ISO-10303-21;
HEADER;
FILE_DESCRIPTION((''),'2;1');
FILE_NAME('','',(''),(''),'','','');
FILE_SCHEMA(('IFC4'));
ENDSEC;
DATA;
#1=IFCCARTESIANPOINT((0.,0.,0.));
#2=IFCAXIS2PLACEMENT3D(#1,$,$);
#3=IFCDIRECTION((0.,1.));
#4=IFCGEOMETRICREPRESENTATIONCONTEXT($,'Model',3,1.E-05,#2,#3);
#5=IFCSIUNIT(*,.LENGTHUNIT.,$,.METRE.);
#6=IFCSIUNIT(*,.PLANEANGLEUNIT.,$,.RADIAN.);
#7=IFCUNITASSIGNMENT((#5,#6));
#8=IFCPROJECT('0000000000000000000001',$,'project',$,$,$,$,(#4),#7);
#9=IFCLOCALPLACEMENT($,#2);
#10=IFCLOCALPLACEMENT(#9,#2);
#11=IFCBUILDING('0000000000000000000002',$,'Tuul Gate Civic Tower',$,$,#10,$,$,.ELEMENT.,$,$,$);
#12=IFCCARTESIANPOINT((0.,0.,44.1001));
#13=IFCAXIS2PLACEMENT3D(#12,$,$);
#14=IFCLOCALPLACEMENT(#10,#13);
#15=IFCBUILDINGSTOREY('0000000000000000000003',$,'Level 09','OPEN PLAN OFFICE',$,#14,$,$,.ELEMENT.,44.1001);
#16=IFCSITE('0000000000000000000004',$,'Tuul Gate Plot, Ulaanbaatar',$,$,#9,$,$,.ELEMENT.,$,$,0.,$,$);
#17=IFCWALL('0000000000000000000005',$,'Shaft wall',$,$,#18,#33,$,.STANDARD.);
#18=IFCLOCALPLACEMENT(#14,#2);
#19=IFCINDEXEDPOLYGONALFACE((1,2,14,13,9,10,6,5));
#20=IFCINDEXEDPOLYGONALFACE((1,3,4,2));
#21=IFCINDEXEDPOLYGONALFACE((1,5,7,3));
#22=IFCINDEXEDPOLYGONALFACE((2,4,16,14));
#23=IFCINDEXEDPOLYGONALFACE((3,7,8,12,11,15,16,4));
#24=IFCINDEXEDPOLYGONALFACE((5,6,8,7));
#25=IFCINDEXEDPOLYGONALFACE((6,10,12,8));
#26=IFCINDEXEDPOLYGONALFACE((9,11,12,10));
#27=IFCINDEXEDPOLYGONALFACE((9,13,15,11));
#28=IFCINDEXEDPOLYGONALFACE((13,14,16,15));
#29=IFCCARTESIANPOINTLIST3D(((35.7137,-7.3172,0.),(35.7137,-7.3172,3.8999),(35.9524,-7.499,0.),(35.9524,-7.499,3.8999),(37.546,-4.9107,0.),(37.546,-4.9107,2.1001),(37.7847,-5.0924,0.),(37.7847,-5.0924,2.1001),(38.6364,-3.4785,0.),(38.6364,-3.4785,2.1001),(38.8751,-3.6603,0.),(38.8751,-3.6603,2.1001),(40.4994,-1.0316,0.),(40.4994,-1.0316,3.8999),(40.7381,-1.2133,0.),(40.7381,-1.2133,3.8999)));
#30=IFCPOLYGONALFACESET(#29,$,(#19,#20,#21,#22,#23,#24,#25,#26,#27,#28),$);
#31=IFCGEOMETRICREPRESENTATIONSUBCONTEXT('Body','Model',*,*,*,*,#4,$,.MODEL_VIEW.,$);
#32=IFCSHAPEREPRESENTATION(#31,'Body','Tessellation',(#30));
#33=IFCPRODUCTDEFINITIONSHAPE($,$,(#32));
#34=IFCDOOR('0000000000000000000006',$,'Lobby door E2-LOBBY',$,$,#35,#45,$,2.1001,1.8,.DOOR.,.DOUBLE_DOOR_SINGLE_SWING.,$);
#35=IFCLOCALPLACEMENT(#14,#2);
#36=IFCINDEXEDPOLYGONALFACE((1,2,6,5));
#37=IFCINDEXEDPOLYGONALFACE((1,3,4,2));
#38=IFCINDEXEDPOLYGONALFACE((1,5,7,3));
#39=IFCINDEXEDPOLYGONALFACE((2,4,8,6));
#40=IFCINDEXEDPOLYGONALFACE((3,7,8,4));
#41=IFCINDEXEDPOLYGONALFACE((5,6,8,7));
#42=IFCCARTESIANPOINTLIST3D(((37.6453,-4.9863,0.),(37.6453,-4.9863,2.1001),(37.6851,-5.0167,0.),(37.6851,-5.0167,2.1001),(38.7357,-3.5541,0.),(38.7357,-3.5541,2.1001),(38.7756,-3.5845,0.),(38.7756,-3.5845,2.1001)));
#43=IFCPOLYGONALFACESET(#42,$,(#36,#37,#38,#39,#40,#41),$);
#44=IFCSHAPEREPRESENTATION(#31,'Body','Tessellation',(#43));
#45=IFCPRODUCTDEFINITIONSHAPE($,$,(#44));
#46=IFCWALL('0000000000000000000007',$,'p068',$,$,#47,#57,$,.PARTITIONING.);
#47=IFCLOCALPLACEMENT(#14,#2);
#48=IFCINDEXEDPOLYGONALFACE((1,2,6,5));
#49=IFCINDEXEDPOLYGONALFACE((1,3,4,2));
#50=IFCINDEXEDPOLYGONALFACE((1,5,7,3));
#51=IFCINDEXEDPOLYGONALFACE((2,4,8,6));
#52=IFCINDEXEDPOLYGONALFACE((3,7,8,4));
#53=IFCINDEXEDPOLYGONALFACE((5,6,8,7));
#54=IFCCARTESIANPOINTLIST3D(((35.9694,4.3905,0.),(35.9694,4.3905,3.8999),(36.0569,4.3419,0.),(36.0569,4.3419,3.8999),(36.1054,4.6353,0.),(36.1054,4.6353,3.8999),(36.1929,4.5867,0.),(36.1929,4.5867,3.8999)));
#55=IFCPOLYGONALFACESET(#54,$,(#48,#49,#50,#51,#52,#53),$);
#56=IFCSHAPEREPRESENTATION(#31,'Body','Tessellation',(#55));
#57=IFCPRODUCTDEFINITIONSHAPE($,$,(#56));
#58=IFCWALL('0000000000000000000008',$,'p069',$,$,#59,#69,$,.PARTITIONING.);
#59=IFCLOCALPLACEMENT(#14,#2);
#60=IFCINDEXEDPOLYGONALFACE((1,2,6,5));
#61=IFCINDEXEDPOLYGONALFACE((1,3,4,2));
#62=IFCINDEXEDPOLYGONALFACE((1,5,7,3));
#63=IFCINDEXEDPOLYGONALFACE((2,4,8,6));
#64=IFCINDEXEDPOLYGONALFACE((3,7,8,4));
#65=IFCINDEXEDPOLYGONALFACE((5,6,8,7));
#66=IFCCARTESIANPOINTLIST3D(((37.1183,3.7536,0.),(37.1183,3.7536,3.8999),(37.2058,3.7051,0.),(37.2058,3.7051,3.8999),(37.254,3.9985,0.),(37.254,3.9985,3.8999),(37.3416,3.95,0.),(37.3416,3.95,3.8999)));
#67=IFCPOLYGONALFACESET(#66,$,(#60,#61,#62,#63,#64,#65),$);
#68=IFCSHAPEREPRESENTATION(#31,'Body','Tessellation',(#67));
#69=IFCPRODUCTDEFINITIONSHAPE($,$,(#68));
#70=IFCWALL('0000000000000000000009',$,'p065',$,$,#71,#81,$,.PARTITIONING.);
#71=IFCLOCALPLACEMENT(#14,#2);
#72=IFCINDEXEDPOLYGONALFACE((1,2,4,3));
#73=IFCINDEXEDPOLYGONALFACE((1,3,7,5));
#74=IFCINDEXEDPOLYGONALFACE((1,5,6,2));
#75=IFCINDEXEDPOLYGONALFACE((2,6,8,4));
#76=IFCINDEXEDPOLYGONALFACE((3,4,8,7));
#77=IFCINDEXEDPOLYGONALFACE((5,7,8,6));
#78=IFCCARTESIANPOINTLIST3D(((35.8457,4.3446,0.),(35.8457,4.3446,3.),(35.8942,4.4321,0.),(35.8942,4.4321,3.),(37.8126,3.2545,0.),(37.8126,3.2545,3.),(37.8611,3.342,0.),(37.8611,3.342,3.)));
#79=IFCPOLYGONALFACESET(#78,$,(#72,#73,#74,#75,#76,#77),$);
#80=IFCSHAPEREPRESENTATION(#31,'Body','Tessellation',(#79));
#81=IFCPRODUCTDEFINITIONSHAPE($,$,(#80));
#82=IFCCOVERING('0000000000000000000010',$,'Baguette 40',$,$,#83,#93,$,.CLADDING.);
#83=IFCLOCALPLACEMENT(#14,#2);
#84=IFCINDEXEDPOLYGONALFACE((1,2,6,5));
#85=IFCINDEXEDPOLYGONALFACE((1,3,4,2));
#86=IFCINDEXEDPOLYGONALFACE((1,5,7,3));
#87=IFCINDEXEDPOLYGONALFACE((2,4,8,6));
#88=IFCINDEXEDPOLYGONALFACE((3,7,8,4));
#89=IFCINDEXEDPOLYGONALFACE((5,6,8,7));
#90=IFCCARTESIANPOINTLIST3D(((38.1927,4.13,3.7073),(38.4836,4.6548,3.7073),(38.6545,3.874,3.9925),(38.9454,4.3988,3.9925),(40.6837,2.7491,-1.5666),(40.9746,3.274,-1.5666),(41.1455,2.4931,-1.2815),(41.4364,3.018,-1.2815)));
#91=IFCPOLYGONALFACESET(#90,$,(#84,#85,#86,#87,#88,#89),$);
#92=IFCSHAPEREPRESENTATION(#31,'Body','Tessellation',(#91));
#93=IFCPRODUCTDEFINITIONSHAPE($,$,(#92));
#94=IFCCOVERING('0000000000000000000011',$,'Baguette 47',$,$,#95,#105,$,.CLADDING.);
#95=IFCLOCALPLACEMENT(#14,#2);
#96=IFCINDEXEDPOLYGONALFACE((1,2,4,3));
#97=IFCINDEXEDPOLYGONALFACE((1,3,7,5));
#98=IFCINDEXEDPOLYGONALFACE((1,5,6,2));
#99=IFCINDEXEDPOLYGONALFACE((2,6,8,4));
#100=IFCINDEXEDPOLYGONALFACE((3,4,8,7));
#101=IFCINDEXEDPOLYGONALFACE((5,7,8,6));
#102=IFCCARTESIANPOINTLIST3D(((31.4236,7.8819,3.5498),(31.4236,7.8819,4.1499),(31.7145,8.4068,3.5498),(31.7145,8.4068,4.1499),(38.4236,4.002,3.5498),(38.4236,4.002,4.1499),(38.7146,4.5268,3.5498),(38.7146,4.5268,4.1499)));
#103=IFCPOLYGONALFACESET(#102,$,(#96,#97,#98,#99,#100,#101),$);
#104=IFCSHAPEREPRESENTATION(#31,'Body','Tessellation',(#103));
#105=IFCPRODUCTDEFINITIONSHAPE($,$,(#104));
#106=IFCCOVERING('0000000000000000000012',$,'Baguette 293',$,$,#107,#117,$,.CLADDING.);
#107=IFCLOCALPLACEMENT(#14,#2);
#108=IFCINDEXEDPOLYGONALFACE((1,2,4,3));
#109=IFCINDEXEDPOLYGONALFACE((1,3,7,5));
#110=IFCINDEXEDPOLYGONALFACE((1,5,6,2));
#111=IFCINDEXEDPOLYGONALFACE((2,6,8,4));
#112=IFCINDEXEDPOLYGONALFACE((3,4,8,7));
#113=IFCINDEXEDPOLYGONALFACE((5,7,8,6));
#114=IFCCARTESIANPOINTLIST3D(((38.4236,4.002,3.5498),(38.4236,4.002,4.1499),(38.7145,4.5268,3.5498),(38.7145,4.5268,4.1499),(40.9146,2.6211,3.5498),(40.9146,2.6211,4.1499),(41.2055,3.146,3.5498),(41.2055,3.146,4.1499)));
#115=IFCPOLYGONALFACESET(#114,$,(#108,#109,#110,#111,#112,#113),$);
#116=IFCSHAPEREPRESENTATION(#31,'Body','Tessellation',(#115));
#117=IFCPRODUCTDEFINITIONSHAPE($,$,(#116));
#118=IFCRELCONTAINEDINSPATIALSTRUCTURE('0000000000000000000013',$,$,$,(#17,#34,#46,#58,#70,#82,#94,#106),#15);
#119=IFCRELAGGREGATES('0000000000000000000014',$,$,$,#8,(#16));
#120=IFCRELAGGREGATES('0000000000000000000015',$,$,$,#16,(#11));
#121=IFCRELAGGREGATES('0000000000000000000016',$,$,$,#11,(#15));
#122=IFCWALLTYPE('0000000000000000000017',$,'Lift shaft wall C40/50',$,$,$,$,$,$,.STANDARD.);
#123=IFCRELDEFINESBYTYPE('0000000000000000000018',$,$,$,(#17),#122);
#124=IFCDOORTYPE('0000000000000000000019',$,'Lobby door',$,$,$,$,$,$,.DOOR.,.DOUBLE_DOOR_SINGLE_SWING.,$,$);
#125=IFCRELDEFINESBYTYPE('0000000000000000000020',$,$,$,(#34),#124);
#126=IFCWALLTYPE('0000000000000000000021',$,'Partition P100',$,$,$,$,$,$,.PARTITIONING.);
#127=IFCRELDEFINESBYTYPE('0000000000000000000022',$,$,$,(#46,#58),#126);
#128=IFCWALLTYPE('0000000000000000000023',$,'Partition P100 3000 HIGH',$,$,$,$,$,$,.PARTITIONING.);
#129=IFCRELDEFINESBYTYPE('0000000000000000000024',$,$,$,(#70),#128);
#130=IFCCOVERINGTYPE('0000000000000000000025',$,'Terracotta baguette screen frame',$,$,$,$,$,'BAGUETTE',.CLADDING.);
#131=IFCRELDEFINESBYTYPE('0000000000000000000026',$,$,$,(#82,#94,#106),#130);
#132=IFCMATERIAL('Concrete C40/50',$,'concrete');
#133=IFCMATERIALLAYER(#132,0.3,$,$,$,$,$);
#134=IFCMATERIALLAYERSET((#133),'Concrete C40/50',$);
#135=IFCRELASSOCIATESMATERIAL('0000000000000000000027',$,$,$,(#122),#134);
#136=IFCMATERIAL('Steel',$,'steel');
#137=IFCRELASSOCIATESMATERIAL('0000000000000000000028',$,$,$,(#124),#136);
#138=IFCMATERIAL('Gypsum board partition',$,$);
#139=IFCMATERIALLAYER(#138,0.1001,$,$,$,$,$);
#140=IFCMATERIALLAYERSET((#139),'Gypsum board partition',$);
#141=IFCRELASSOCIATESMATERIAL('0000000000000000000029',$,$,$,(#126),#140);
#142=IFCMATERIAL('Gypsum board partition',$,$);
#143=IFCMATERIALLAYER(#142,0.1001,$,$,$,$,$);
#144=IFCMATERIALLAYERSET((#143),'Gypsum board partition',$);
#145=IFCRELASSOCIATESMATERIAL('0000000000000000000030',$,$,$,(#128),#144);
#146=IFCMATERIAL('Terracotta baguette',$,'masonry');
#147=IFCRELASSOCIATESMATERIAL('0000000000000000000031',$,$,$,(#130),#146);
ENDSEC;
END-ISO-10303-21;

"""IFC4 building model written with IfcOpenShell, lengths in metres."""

from ifc_helpers import new_model, si_unit, direction, frame, frame_2d, origin, origin_2d, place, context, subcontext, project, spatial, rectangle, extrude, material, layer, layer_set, material_profile, profile_set, type_object, element, fill, save


model = new_model("IFC4")

# Units and contexts
model_context = context("Model", 3, precision=1e-05, world=origin(), true_north=direction((0.0, 1.0)))
body_context = subcontext(model_context, "Body", "Model", "MODEL_VIEW")
ifc_project = project(units=[si_unit("LENGTHUNIT", "METRE"), si_unit("PLANEANGLEUNIT", "RADIAN")], contexts=[model_context])

# Site, building, storey
site_placement = place(None, origin())
site = spatial("IfcSite", under=ifc_project, at=site_placement, Name="Tuul Gate Plot, Ulaanbaatar", CompositionType="ELEMENT", RefElevation=0.0)
building_placement = place(site_placement, origin())
building = spatial("IfcBuilding", under=site, at=building_placement, Name="Tuul Gate Civic Tower", CompositionType="ELEMENT")
storey_placement = place(building_placement, frame((0.0, 0.0, 44.1001)))
storey = spatial("IfcBuildingStorey", under=building, at=storey_placement, Name="Level 09", Description="OPEN PLAN OFFICE", CompositionType="ELEMENT", Elevation=44.1001)

# Shared definitions
ifc_material_1 = material(Name="Concrete C40/50", Category="concrete")
ifc_layer_1 = layer(ifc_material_1, 0.3)
ifc_layer_set_1 = layer_set([ifc_layer_1], Name="Concrete C40/50")
wall_type_1 = type_object("IfcWallType", Name="Lift shaft wall C40/50", PredefinedType="STANDARD", material=ifc_layer_set_1)

# Wall, opening, door
wall_1_placement = place(storey_placement, frame((35.833, -7.4082, 0.0), z_axis=(0.0, 0.0, 1.0), x_axis=(0.605769, 0.79564, 0.0)))
wall_1 = element("IfcWall", 1, at=wall_1_placement, inside=storey, type_object=wall_type_1, Name="Shaft wall", PredefinedType="STANDARD", context=body_context, shape_type="SweptSolid", body=[
    extrude(rectangle(XDim=7.9001, YDim=0.3, at=frame_2d((3.9502, 0.0))), origin(), (0.0, 0.0, 1.0), 3.8999),
])
opening_1_placement = place(wall_1_placement, frame((3.0249, 0.0, 0.0)))
opening_1 = element("IfcOpeningElement", 2, at=opening_1_placement, cuts=wall_1, PredefinedType="OPENING", context=body_context, shape_type="SweptSolid", body=[
    extrude(rectangle(XDim=1.8, YDim=2.1001, at=frame_2d((0.8999, 1.05))), frame((0.0, 0.1602, 0.0), z_axis=(0.0, -1.0, 0.0), x_axis=(1.0, 0.0, 0.0)), (0.0, 0.0, 1.0), 0.3201),
])
ifc_material_2 = material(Name="Steel", Category="steel")
door_type_1 = type_object("IfcDoorType", Name="Lobby door", OperationType="DOUBLE_DOOR_SINGLE_SWING", PredefinedType="DOOR", material=ifc_material_2)
door_1_placement = place(opening_1_placement, frame((1.8, 0.0, 0.0), z_axis=(0.0, 0.0, 1.0), x_axis=(-1.0, 0.0, 0.0)))
door_1 = element("IfcDoor", 3, at=door_1_placement, inside=storey, type_object=door_type_1, Name="Lobby door E2-LOBBY", OperationType="DOUBLE_DOOR_SINGLE_SWING", OverallHeight=2.1001, OverallWidth=1.8, PredefinedType="DOOR", context=body_context, shape_type="SweptSolid", body=[
    extrude(rectangle(XDim=1.8, YDim=2.1001, at=frame_2d((0.9001, 1.05))), frame((0.0, 0.0249, 0.0), z_axis=(0.0, -1.0, 0.0), x_axis=(1.0, 0.0, 0.0)), (0.0, 0.0, 1.0), 0.05),
])
fill(opening_1, door_1)

# Walls
ifc_material_3 = material(Name="Gypsum board partition")
ifc_layer_2 = layer(ifc_material_3, 0.1001)
ifc_layer_set_2 = layer_set([ifc_layer_2], Name="Gypsum board partition")
wall_type_2 = type_object("IfcWallType", Name="Partition P100", PredefinedType="PARTITIONING", material=ifc_layer_set_2)
for number, where, z_axis, x_axis, name in (
    (4, (36.1492, 4.6111, 0.0), (0.0, 0.0, 1.0), (-0.485495, -0.874239, 0.0), "p068"),
    (5, (37.2979, 3.9744, 0.0), (0.0, 0.0, 1.0), (-0.484828, -0.874609, 0.0), "p069"),
):
    element("IfcWall", number, at=place(storey_placement, frame(where, z_axis=z_axis, x_axis=x_axis)), inside=storey, type_object=wall_type_2, Name=name, PredefinedType="PARTITIONING", context=body_context, shape_type="SweptSolid", body=[
        extrude(rectangle(XDim=0.28, YDim=0.1001, at=frame_2d((0.1401, 0.0))), origin(), (0.0, 0.0, 1.0), 3.8999),
    ])
ifc_material_4 = material(Name="Gypsum board partition")
ifc_layer_3 = layer(ifc_material_4, 0.1001)
ifc_layer_set_3 = layer_set([ifc_layer_3], Name="Gypsum board partition")
wall_type_3 = type_object("IfcWallType", Name="Partition P100 3000 HIGH", PredefinedType="PARTITIONING", material=ifc_layer_set_3)
wall_2_placement = place(storey_placement, frame((35.8699, 4.3884, 0.0), z_axis=(0.0, 0.0, 1.0), x_axis=(0.874643, -0.484767, 0.0)))
element("IfcWall", 6, at=wall_2_placement, inside=storey, type_object=wall_type_3, Name="p065", PredefinedType="PARTITIONING", context=body_context, shape_type="SweptSolid", body=[
    extrude(rectangle(XDim=2.2488, YDim=0.1001, at=frame_2d((1.1245, 0.0))), origin(), (0.0, 0.0, 1.0), 3.0),
])

# Coverings
ifc_material_5 = material(Name="Terracotta baguette", Category="masonry")
ifc_material_profile_1 = material_profile(ifc_material_5, rectangle(XDim=0.6001, YDim=0.6001, at=origin_2d()), Name="Terracotta baguette screen frame")
ifc_profile_set_1 = profile_set([ifc_material_profile_1], Name="Terracotta baguette")
covering_type = type_object("IfcCoveringType", Name="Terracotta baguette screen frame", ElementType="BAGUETTE", PredefinedType="CLADDING", material=ifc_profile_set_1)
covering_1_placement = place(storey_placement, frame((41.0601, 2.8835, -1.4241), z_axis=(-0.415589, 0.23038, 0.879893), x_axis=(-0.484835, -0.874606, 0.0)))
element("IfcCovering", 7, at=covering_1_placement, inside=storey, type_object=covering_type, Name="Baguette 40", PredefinedType="CLADDING", context=body_context, shape_type="SweptSolid", body=[
    extrude(rectangle(XDim=0.6001, YDim=0.6001, at=origin_2d()), origin(), (0.0, 0.0, 1.0), 5.9939),
])
covering_2_placement = place(storey_placement, frame((38.5691, 4.2644, 3.8499), z_axis=(-0.874635, 0.484783, 0.0), x_axis=(-0.484783, -0.874635, 0.0)))
element("IfcCovering", 8, at=covering_2_placement, inside=storey, type_object=covering_type, Name="Baguette 47", PredefinedType="CLADDING", context=body_context, shape_type="SweptSolid", body=[
    extrude(rectangle(XDim=0.6001, YDim=0.6001, at=origin_2d()), origin(), (0.0, 0.0, 1.0), 8.0034),
])
covering_3_placement = place(storey_placement, frame((41.0601, 2.8835, 3.8499), z_axis=(-0.874606, 0.484835, 0.0), x_axis=(-0.484835, -0.874606, 0.0)))
element("IfcCovering", 9, at=covering_3_placement, inside=storey, type_object=covering_type, Name="Baguette 293", PredefinedType="CLADDING", context=body_context, shape_type="SweptSolid", body=[
    extrude(rectangle(XDim=0.6001, YDim=0.6001, at=origin_2d()), origin(), (0.0, 0.0, 1.0), 2.8481),
])

save(model, "model.ifc")
